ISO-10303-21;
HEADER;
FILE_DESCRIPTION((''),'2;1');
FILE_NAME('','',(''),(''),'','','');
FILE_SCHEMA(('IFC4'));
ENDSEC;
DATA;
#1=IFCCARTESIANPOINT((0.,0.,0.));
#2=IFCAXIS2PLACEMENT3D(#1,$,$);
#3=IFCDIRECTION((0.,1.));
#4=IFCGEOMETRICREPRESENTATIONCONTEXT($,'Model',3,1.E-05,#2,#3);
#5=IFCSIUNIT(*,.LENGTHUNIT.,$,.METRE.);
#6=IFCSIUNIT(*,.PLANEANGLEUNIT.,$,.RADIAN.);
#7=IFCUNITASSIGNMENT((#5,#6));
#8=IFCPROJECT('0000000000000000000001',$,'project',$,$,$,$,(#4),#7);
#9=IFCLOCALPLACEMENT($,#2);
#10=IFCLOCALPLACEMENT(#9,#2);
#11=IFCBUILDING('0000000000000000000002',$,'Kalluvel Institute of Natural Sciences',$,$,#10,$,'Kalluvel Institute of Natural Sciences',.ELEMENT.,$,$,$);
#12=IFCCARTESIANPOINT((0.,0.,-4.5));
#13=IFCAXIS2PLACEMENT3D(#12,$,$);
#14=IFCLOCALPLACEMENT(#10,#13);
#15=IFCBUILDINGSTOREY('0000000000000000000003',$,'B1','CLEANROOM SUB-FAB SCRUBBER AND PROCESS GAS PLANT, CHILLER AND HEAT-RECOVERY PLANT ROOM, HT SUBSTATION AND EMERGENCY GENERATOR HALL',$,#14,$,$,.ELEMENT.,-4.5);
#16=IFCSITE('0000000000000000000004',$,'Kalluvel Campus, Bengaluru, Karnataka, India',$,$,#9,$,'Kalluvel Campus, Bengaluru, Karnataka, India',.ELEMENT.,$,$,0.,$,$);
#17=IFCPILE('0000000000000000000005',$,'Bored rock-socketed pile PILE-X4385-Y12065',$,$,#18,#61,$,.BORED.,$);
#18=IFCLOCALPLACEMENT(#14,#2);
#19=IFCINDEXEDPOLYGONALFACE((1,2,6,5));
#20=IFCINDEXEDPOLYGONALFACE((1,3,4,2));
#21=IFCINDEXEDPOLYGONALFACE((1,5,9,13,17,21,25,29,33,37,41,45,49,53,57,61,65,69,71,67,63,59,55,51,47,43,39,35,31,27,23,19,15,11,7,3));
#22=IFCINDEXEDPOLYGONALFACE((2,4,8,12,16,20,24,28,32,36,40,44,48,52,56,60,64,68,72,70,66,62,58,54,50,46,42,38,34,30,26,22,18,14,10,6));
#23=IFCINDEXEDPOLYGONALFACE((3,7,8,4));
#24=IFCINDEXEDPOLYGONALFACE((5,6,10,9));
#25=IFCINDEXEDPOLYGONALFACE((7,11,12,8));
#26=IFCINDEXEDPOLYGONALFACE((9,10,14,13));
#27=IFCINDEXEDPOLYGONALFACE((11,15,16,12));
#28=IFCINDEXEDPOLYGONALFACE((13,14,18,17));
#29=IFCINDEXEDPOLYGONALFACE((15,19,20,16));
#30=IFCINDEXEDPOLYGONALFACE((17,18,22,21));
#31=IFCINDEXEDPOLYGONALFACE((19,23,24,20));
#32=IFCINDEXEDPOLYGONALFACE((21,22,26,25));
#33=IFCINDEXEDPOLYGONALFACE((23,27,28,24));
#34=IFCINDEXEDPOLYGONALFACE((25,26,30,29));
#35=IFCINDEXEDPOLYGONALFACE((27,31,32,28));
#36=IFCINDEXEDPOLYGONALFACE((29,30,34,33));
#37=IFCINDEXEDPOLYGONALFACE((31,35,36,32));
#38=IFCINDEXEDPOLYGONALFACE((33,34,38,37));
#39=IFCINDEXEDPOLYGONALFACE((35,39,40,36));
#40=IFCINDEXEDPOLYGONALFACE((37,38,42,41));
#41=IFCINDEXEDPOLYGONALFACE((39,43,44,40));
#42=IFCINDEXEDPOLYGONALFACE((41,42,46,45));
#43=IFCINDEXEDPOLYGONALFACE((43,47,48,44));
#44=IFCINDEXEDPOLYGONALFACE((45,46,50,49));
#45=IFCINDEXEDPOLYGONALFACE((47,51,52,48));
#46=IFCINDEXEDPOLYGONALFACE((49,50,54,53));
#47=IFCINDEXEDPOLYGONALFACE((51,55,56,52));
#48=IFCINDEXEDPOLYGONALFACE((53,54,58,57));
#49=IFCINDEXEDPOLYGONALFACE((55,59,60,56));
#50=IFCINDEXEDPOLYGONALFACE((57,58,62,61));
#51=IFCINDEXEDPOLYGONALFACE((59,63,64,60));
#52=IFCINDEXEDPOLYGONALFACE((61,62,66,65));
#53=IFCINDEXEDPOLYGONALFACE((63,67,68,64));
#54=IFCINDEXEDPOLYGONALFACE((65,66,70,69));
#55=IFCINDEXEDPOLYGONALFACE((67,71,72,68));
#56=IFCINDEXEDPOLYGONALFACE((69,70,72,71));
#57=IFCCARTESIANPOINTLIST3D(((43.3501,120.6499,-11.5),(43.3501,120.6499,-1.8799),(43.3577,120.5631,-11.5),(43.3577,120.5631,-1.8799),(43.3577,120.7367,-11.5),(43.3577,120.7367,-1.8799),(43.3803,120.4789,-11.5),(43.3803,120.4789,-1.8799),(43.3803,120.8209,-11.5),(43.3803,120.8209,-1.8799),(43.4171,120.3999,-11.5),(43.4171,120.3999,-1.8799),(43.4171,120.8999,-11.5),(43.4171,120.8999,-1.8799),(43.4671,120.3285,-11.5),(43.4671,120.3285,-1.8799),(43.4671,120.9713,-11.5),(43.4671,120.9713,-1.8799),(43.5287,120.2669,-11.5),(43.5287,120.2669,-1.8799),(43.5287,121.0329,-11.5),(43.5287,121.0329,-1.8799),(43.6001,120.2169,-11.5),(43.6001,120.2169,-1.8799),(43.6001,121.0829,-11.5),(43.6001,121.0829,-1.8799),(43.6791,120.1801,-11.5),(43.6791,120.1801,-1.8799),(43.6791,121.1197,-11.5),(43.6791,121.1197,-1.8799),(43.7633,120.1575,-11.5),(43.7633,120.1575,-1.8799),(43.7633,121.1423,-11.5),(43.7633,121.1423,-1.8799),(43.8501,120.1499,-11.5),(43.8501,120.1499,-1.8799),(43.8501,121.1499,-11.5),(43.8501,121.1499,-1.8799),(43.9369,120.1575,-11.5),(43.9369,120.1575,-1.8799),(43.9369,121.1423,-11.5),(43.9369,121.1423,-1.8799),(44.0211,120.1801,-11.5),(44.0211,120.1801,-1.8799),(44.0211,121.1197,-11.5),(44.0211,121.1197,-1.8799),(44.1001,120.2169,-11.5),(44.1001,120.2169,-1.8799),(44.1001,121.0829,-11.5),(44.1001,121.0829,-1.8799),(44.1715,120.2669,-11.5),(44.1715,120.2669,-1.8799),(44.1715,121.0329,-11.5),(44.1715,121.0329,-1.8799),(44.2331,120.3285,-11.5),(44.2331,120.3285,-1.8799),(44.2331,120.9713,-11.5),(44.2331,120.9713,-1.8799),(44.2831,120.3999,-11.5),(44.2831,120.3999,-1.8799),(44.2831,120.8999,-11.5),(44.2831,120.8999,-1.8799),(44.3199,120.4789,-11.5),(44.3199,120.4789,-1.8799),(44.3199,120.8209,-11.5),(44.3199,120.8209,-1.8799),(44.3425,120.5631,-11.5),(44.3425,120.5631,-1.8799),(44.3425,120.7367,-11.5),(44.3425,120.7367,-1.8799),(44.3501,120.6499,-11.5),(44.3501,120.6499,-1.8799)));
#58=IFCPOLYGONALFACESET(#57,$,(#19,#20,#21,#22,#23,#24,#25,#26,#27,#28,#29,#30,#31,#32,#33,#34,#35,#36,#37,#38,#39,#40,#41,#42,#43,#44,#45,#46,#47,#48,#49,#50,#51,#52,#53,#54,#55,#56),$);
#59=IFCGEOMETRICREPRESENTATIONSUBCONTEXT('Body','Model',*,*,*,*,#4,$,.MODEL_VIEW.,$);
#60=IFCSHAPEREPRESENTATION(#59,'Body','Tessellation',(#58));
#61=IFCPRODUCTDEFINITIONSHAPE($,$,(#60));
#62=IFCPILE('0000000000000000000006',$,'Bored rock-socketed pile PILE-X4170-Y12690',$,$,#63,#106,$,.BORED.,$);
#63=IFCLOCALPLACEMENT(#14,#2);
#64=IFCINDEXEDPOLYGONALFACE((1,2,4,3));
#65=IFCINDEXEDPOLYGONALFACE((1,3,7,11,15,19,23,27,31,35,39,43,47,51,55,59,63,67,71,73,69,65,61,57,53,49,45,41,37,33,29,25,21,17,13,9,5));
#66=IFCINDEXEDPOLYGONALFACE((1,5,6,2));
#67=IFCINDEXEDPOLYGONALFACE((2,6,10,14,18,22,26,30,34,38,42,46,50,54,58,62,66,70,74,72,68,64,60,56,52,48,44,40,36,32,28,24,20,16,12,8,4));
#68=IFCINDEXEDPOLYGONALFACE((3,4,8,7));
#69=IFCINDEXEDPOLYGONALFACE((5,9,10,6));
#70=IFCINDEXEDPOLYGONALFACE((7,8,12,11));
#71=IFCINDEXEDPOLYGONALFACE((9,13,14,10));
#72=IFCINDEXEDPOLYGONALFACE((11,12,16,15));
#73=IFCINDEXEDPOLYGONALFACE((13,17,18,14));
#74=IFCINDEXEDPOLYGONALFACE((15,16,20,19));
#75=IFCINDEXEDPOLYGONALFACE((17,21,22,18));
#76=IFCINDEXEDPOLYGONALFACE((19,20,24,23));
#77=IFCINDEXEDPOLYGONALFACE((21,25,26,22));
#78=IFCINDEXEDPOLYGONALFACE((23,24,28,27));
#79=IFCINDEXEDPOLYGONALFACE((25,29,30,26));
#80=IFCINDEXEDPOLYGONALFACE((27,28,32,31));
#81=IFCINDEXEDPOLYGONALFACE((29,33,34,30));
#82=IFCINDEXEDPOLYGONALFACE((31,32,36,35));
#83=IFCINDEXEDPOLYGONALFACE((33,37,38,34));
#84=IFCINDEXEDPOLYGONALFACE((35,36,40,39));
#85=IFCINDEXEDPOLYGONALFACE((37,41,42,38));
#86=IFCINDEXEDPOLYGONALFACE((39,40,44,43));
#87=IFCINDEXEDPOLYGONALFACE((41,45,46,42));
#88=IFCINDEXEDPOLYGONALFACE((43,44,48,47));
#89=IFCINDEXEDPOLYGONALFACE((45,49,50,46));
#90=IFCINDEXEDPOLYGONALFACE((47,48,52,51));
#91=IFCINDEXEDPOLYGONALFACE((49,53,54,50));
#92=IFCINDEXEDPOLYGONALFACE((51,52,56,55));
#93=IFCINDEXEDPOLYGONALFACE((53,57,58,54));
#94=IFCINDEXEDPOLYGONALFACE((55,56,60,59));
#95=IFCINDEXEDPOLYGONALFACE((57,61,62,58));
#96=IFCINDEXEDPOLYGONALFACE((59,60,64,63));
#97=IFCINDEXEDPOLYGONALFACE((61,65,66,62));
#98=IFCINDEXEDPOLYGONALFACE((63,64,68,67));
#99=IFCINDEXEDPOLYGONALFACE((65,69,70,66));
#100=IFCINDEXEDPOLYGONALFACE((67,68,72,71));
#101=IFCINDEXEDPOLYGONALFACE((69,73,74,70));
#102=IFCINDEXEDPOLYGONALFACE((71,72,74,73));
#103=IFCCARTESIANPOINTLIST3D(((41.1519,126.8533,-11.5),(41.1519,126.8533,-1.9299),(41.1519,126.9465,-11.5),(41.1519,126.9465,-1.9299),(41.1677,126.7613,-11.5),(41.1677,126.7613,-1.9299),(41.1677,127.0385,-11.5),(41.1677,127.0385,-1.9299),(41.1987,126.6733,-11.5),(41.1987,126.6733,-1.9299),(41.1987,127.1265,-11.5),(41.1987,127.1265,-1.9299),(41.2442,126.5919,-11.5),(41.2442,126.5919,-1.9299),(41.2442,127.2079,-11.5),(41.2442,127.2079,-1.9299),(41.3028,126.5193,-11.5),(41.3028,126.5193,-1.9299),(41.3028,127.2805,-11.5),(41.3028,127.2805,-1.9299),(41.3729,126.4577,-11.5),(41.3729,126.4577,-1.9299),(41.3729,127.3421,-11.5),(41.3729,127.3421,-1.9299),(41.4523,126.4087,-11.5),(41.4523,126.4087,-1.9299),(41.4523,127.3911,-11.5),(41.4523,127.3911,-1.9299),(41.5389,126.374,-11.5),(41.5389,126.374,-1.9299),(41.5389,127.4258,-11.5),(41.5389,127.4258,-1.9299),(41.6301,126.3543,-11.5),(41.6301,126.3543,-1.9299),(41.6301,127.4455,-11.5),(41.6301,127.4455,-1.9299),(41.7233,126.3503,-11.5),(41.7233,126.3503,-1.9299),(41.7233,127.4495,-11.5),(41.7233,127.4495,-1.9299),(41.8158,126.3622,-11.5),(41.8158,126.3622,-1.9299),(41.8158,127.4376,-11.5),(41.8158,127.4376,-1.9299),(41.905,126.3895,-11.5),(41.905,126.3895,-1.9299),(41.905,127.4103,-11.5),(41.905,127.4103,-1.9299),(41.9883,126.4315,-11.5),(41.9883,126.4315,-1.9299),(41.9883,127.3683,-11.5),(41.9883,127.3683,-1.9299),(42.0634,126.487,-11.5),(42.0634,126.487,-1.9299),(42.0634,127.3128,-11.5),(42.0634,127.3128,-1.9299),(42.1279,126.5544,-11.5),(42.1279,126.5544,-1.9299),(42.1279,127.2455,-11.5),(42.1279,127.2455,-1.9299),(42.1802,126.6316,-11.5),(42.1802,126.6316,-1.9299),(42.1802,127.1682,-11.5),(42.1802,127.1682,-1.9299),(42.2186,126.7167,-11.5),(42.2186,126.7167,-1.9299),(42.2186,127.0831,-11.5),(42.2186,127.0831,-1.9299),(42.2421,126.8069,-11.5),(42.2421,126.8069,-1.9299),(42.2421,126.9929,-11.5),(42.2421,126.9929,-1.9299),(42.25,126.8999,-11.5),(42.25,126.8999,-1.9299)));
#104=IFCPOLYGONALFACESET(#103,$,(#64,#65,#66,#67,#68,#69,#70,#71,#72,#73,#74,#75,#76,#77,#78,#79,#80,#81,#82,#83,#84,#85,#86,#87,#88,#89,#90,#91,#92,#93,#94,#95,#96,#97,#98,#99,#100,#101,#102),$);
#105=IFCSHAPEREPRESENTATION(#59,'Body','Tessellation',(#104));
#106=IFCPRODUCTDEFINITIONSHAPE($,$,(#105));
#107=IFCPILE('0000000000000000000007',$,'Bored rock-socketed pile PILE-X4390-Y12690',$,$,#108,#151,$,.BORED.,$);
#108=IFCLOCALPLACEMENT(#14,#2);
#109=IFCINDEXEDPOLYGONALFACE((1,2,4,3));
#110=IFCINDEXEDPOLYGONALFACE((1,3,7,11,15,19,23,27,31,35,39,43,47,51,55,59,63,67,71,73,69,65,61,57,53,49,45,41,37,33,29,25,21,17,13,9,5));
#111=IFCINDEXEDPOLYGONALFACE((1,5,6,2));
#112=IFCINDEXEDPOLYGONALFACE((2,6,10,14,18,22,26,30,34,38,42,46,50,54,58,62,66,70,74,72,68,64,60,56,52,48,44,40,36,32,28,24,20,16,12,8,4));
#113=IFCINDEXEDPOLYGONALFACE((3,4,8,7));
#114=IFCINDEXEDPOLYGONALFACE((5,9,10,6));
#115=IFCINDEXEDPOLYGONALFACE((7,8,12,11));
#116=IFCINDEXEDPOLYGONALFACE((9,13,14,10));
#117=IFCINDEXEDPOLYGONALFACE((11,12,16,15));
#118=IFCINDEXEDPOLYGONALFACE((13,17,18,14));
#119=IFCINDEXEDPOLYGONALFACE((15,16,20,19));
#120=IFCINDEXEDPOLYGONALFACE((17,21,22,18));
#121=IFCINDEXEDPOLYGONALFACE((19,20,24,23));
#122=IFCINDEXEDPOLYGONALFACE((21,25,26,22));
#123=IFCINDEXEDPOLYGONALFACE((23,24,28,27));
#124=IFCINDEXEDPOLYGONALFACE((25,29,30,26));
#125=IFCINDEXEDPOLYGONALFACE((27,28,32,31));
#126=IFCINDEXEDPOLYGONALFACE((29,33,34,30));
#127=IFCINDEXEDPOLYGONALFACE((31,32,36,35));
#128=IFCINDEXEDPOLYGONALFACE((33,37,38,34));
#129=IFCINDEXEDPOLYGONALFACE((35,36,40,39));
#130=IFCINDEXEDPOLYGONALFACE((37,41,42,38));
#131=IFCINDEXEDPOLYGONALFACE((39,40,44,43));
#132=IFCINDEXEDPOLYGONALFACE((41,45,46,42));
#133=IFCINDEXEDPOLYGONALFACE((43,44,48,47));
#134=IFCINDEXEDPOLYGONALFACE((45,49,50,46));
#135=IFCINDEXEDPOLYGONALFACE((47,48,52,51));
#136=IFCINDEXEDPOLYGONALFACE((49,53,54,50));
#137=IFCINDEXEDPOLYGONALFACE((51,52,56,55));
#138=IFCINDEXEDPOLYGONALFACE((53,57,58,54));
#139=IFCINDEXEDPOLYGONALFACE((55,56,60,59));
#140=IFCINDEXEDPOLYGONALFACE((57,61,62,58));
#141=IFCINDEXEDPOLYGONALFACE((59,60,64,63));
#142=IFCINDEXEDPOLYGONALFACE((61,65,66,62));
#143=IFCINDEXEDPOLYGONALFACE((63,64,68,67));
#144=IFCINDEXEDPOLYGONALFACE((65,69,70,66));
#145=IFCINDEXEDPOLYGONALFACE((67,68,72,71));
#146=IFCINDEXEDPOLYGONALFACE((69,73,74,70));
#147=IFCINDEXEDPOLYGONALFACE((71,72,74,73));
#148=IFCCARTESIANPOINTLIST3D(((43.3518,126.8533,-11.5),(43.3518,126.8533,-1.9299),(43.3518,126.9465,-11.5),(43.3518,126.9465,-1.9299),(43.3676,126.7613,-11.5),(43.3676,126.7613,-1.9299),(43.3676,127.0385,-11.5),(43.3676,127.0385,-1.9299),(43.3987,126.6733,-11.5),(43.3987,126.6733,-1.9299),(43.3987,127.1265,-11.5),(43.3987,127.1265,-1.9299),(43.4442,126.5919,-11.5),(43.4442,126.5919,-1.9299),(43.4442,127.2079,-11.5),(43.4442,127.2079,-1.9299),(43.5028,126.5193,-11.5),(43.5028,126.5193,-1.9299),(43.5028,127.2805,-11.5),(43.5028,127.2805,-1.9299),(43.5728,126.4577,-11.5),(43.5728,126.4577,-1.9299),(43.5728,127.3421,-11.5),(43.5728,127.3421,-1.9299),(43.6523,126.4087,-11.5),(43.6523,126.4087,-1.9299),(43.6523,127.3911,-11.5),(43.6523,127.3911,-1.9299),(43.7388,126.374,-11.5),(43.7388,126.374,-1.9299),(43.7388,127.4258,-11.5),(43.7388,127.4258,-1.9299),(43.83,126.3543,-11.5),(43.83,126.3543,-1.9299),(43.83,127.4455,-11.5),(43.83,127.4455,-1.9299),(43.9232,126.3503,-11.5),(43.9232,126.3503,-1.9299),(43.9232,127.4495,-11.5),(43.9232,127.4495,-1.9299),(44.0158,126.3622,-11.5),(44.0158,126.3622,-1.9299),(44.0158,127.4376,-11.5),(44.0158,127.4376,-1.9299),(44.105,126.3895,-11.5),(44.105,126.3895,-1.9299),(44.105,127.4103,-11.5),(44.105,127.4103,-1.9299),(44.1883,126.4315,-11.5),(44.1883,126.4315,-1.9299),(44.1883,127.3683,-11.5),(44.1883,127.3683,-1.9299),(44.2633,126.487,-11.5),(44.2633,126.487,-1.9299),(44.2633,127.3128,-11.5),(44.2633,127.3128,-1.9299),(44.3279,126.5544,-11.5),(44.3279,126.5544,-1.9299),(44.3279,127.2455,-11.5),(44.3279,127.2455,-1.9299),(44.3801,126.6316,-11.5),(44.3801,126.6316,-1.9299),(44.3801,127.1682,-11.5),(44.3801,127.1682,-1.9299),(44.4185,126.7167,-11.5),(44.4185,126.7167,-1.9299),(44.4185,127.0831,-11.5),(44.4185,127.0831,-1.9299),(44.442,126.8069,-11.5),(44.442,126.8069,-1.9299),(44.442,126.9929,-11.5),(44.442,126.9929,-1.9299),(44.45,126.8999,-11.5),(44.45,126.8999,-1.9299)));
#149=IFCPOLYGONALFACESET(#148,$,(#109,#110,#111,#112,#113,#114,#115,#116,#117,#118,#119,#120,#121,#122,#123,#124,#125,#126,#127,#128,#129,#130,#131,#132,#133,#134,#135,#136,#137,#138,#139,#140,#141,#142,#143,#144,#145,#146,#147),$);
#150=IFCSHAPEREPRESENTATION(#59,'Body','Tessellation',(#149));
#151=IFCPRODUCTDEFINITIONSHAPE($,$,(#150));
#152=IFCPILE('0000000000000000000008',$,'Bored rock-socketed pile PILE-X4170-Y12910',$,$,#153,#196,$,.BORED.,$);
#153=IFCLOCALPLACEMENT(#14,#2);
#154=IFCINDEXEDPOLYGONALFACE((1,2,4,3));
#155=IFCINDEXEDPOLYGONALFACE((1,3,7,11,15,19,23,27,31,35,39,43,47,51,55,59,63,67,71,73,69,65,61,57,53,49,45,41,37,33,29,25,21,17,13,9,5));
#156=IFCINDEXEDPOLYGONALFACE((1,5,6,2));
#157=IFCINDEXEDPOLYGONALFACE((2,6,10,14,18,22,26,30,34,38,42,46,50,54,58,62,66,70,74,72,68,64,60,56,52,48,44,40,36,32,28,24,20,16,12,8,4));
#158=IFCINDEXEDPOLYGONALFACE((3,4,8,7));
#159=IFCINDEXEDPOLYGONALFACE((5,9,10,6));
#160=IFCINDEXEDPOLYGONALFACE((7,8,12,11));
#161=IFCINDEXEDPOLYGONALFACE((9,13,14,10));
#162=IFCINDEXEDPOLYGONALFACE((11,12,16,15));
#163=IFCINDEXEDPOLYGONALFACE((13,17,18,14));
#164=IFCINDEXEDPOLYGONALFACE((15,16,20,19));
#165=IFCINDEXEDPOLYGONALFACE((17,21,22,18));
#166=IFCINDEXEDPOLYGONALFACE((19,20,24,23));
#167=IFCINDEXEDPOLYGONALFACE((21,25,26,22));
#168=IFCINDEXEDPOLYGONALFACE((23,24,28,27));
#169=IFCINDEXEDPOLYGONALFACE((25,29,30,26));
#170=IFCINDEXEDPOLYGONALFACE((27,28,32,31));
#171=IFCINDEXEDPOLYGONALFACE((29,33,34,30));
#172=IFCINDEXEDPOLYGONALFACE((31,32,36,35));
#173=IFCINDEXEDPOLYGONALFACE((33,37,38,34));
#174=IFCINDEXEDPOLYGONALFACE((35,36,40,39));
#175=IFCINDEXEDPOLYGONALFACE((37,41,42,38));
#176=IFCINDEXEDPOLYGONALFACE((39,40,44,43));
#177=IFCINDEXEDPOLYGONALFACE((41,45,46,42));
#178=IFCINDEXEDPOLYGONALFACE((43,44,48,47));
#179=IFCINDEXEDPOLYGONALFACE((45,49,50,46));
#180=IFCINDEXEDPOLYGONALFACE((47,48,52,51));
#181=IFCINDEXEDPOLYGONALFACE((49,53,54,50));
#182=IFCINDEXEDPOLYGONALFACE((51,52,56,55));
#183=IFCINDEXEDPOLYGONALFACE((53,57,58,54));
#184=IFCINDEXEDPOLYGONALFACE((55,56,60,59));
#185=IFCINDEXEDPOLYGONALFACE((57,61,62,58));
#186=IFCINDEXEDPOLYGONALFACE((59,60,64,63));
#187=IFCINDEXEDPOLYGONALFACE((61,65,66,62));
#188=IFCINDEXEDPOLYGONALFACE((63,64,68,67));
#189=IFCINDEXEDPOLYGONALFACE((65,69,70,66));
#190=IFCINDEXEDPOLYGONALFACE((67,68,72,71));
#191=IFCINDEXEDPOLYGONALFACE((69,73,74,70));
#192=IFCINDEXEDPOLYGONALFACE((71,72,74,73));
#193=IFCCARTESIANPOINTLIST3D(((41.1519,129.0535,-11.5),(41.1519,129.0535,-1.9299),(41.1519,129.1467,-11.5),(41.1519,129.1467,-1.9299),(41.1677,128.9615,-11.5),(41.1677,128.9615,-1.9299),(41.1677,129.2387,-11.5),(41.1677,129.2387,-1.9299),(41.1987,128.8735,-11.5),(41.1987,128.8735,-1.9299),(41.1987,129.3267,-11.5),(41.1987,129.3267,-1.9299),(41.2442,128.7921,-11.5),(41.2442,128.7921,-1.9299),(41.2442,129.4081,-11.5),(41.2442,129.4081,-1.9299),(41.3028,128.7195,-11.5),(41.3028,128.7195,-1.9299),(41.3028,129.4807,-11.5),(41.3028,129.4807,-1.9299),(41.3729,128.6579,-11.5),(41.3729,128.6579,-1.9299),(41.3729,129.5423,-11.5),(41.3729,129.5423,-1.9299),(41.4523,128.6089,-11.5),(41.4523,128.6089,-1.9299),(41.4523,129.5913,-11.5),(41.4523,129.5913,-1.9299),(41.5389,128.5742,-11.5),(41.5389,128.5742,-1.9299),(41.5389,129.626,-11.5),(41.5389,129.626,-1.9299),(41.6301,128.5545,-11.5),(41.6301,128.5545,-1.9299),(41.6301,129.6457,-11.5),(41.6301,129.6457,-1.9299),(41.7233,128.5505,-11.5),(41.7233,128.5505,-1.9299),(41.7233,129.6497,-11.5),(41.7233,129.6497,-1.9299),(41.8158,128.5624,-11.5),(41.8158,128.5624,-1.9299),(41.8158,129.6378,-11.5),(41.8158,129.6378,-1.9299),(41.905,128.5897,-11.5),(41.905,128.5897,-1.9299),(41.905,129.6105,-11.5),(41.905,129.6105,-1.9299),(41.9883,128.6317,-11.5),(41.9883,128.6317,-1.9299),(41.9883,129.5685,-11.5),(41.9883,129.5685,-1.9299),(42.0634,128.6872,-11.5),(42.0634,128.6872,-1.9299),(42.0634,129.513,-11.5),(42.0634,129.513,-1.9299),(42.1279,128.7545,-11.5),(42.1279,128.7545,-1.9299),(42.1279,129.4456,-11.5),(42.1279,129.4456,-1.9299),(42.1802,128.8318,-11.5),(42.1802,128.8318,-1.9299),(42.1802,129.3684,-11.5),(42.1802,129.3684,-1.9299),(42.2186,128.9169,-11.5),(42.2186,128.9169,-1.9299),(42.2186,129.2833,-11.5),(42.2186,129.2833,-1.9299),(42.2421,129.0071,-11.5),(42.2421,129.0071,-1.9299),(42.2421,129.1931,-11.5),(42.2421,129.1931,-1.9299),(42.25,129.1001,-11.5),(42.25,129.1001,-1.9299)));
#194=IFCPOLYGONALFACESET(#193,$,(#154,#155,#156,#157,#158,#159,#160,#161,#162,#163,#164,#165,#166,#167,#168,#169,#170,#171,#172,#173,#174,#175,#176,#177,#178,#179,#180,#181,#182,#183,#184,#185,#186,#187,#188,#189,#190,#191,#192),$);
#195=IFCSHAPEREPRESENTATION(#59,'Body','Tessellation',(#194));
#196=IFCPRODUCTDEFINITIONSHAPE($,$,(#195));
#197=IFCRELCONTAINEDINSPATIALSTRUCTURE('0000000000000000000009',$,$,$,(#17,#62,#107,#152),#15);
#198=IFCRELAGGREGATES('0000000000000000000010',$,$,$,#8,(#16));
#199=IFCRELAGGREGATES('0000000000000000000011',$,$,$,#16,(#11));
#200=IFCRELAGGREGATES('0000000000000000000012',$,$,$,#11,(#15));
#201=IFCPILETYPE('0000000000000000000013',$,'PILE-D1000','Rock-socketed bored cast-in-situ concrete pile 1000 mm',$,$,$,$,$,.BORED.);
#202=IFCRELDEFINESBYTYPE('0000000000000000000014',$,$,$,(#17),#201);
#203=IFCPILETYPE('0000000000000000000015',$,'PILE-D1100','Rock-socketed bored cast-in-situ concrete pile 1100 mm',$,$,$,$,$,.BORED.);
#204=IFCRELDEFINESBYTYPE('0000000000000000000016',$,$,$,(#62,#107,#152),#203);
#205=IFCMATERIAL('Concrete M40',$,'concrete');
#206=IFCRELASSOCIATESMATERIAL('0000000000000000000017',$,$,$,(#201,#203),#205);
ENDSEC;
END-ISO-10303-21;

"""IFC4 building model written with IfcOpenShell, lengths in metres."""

from ifc_helpers import new_model, si_unit, direction, frame, origin, origin_2d, place, context, subcontext, project, spatial, circle, extrude, material, material_profile, profile_set, type_object, element, save


model = new_model("IFC4")

# Units and contexts
model_context = context("Model", 3, precision=1e-05, world=origin(), true_north=direction((0.0, 1.0)))
body_context = subcontext(model_context, "Body", "Model", "MODEL_VIEW")
ifc_project = project(units=[si_unit("LENGTHUNIT", "METRE"), si_unit("PLANEANGLEUNIT", "RADIAN")], contexts=[model_context])

# Site, building, storey
site_placement = place(None, origin())
site = spatial("IfcSite", under=ifc_project, at=site_placement, Name="Kalluvel Campus, Bengaluru, Karnataka, India", LongName="Kalluvel Campus, Bengaluru, Karnataka, India", CompositionType="ELEMENT", RefElevation=0.0)
building_placement = place(site_placement, origin())
building = spatial("IfcBuilding", under=site, at=building_placement, Name="Kalluvel Institute of Natural Sciences", LongName="Kalluvel Institute of Natural Sciences", CompositionType="ELEMENT")
storey_placement = place(building_placement, frame((0.0, 0.0, -4.5)))
storey = spatial("IfcBuildingStorey", under=building, at=storey_placement, Name="B1", Description="CLEANROOM SUB-FAB SCRUBBER AND PROCESS GAS PLANT, CHILLER AND HEAT-RECOVERY PLANT ROOM, HT SUBSTATION AND EMERGENCY GENERATOR HALL", CompositionType="ELEMENT", Elevation=-4.5)

# Shared definitions
ifc_material_1 = material(Name="Concrete M40", Category="concrete")

# Piles
ifc_material_profile_1 = material_profile(ifc_material_1, circle(Radius=0.5, at=origin_2d()), Name="PILE D1000")
ifc_profile_set_1 = profile_set([ifc_material_profile_1], Name="Concrete M40")
pile_type_1 = type_object("IfcPileType", Name="PILE-D1000", Description="Rock-socketed bored cast-in-situ concrete pile 1000 mm", PredefinedType="BORED", material=ifc_profile_set_1)
for number, where, z_axis, x_axis, name in (
    (1, (43.8501, 120.6499, -1.8799), (0.0, 0.0, -1.0), (1.0, 0.0, 0.0), "Bored rock-socketed pile PILE-X4385-Y12065"),
):
    element("IfcPile", number, at=place(storey_placement, frame(where, z_axis=z_axis, x_axis=x_axis)), inside=storey, type_object=pile_type_1, Name=name, PredefinedType="BORED", context=body_context, shape_type="SweptSolid", body=[
        extrude(circle(Radius=0.5, at=origin_2d()), origin(), (0.0, 0.0, 1.0), 9.6201),
    ])
ifc_material_profile_2 = material_profile(ifc_material_1, circle(Radius=0.55, at=origin_2d()), Name="PILE D1100")
ifc_profile_set_2 = profile_set([ifc_material_profile_2], Name="Concrete M40")
pile_type_2 = type_object("IfcPileType", Name="PILE-D1100", Description="Rock-socketed bored cast-in-situ concrete pile 1100 mm", PredefinedType="BORED", material=ifc_profile_set_2)
for number, where, z_axis, x_axis, name in (
    (2, (41.7, 126.8999, -1.9299), (0.0, 0.0, -1.0), (1.0, 0.0, 0.0), "Bored rock-socketed pile PILE-X4170-Y12690"),
    (3, (43.8999, 126.8999, -1.9299), (0.0, 0.0, -1.0), (1.0, 0.0, 0.0), "Bored rock-socketed pile PILE-X4390-Y12690"),
    (4, (41.7, 129.1001, -1.9299), (0.0, 0.0, -1.0), (1.0, 0.0, 0.0), "Bored rock-socketed pile PILE-X4170-Y12910"),
):
    element("IfcPile", number, at=place(storey_placement, frame(where, z_axis=z_axis, x_axis=x_axis)), inside=storey, type_object=pile_type_2, Name=name, PredefinedType="BORED", context=body_context, shape_type="SweptSolid", body=[
        extrude(circle(Radius=0.55, at=origin_2d()), origin(), (0.0, 0.0, 1.0), 9.5701),
    ])

save(model, "model.ifc")
